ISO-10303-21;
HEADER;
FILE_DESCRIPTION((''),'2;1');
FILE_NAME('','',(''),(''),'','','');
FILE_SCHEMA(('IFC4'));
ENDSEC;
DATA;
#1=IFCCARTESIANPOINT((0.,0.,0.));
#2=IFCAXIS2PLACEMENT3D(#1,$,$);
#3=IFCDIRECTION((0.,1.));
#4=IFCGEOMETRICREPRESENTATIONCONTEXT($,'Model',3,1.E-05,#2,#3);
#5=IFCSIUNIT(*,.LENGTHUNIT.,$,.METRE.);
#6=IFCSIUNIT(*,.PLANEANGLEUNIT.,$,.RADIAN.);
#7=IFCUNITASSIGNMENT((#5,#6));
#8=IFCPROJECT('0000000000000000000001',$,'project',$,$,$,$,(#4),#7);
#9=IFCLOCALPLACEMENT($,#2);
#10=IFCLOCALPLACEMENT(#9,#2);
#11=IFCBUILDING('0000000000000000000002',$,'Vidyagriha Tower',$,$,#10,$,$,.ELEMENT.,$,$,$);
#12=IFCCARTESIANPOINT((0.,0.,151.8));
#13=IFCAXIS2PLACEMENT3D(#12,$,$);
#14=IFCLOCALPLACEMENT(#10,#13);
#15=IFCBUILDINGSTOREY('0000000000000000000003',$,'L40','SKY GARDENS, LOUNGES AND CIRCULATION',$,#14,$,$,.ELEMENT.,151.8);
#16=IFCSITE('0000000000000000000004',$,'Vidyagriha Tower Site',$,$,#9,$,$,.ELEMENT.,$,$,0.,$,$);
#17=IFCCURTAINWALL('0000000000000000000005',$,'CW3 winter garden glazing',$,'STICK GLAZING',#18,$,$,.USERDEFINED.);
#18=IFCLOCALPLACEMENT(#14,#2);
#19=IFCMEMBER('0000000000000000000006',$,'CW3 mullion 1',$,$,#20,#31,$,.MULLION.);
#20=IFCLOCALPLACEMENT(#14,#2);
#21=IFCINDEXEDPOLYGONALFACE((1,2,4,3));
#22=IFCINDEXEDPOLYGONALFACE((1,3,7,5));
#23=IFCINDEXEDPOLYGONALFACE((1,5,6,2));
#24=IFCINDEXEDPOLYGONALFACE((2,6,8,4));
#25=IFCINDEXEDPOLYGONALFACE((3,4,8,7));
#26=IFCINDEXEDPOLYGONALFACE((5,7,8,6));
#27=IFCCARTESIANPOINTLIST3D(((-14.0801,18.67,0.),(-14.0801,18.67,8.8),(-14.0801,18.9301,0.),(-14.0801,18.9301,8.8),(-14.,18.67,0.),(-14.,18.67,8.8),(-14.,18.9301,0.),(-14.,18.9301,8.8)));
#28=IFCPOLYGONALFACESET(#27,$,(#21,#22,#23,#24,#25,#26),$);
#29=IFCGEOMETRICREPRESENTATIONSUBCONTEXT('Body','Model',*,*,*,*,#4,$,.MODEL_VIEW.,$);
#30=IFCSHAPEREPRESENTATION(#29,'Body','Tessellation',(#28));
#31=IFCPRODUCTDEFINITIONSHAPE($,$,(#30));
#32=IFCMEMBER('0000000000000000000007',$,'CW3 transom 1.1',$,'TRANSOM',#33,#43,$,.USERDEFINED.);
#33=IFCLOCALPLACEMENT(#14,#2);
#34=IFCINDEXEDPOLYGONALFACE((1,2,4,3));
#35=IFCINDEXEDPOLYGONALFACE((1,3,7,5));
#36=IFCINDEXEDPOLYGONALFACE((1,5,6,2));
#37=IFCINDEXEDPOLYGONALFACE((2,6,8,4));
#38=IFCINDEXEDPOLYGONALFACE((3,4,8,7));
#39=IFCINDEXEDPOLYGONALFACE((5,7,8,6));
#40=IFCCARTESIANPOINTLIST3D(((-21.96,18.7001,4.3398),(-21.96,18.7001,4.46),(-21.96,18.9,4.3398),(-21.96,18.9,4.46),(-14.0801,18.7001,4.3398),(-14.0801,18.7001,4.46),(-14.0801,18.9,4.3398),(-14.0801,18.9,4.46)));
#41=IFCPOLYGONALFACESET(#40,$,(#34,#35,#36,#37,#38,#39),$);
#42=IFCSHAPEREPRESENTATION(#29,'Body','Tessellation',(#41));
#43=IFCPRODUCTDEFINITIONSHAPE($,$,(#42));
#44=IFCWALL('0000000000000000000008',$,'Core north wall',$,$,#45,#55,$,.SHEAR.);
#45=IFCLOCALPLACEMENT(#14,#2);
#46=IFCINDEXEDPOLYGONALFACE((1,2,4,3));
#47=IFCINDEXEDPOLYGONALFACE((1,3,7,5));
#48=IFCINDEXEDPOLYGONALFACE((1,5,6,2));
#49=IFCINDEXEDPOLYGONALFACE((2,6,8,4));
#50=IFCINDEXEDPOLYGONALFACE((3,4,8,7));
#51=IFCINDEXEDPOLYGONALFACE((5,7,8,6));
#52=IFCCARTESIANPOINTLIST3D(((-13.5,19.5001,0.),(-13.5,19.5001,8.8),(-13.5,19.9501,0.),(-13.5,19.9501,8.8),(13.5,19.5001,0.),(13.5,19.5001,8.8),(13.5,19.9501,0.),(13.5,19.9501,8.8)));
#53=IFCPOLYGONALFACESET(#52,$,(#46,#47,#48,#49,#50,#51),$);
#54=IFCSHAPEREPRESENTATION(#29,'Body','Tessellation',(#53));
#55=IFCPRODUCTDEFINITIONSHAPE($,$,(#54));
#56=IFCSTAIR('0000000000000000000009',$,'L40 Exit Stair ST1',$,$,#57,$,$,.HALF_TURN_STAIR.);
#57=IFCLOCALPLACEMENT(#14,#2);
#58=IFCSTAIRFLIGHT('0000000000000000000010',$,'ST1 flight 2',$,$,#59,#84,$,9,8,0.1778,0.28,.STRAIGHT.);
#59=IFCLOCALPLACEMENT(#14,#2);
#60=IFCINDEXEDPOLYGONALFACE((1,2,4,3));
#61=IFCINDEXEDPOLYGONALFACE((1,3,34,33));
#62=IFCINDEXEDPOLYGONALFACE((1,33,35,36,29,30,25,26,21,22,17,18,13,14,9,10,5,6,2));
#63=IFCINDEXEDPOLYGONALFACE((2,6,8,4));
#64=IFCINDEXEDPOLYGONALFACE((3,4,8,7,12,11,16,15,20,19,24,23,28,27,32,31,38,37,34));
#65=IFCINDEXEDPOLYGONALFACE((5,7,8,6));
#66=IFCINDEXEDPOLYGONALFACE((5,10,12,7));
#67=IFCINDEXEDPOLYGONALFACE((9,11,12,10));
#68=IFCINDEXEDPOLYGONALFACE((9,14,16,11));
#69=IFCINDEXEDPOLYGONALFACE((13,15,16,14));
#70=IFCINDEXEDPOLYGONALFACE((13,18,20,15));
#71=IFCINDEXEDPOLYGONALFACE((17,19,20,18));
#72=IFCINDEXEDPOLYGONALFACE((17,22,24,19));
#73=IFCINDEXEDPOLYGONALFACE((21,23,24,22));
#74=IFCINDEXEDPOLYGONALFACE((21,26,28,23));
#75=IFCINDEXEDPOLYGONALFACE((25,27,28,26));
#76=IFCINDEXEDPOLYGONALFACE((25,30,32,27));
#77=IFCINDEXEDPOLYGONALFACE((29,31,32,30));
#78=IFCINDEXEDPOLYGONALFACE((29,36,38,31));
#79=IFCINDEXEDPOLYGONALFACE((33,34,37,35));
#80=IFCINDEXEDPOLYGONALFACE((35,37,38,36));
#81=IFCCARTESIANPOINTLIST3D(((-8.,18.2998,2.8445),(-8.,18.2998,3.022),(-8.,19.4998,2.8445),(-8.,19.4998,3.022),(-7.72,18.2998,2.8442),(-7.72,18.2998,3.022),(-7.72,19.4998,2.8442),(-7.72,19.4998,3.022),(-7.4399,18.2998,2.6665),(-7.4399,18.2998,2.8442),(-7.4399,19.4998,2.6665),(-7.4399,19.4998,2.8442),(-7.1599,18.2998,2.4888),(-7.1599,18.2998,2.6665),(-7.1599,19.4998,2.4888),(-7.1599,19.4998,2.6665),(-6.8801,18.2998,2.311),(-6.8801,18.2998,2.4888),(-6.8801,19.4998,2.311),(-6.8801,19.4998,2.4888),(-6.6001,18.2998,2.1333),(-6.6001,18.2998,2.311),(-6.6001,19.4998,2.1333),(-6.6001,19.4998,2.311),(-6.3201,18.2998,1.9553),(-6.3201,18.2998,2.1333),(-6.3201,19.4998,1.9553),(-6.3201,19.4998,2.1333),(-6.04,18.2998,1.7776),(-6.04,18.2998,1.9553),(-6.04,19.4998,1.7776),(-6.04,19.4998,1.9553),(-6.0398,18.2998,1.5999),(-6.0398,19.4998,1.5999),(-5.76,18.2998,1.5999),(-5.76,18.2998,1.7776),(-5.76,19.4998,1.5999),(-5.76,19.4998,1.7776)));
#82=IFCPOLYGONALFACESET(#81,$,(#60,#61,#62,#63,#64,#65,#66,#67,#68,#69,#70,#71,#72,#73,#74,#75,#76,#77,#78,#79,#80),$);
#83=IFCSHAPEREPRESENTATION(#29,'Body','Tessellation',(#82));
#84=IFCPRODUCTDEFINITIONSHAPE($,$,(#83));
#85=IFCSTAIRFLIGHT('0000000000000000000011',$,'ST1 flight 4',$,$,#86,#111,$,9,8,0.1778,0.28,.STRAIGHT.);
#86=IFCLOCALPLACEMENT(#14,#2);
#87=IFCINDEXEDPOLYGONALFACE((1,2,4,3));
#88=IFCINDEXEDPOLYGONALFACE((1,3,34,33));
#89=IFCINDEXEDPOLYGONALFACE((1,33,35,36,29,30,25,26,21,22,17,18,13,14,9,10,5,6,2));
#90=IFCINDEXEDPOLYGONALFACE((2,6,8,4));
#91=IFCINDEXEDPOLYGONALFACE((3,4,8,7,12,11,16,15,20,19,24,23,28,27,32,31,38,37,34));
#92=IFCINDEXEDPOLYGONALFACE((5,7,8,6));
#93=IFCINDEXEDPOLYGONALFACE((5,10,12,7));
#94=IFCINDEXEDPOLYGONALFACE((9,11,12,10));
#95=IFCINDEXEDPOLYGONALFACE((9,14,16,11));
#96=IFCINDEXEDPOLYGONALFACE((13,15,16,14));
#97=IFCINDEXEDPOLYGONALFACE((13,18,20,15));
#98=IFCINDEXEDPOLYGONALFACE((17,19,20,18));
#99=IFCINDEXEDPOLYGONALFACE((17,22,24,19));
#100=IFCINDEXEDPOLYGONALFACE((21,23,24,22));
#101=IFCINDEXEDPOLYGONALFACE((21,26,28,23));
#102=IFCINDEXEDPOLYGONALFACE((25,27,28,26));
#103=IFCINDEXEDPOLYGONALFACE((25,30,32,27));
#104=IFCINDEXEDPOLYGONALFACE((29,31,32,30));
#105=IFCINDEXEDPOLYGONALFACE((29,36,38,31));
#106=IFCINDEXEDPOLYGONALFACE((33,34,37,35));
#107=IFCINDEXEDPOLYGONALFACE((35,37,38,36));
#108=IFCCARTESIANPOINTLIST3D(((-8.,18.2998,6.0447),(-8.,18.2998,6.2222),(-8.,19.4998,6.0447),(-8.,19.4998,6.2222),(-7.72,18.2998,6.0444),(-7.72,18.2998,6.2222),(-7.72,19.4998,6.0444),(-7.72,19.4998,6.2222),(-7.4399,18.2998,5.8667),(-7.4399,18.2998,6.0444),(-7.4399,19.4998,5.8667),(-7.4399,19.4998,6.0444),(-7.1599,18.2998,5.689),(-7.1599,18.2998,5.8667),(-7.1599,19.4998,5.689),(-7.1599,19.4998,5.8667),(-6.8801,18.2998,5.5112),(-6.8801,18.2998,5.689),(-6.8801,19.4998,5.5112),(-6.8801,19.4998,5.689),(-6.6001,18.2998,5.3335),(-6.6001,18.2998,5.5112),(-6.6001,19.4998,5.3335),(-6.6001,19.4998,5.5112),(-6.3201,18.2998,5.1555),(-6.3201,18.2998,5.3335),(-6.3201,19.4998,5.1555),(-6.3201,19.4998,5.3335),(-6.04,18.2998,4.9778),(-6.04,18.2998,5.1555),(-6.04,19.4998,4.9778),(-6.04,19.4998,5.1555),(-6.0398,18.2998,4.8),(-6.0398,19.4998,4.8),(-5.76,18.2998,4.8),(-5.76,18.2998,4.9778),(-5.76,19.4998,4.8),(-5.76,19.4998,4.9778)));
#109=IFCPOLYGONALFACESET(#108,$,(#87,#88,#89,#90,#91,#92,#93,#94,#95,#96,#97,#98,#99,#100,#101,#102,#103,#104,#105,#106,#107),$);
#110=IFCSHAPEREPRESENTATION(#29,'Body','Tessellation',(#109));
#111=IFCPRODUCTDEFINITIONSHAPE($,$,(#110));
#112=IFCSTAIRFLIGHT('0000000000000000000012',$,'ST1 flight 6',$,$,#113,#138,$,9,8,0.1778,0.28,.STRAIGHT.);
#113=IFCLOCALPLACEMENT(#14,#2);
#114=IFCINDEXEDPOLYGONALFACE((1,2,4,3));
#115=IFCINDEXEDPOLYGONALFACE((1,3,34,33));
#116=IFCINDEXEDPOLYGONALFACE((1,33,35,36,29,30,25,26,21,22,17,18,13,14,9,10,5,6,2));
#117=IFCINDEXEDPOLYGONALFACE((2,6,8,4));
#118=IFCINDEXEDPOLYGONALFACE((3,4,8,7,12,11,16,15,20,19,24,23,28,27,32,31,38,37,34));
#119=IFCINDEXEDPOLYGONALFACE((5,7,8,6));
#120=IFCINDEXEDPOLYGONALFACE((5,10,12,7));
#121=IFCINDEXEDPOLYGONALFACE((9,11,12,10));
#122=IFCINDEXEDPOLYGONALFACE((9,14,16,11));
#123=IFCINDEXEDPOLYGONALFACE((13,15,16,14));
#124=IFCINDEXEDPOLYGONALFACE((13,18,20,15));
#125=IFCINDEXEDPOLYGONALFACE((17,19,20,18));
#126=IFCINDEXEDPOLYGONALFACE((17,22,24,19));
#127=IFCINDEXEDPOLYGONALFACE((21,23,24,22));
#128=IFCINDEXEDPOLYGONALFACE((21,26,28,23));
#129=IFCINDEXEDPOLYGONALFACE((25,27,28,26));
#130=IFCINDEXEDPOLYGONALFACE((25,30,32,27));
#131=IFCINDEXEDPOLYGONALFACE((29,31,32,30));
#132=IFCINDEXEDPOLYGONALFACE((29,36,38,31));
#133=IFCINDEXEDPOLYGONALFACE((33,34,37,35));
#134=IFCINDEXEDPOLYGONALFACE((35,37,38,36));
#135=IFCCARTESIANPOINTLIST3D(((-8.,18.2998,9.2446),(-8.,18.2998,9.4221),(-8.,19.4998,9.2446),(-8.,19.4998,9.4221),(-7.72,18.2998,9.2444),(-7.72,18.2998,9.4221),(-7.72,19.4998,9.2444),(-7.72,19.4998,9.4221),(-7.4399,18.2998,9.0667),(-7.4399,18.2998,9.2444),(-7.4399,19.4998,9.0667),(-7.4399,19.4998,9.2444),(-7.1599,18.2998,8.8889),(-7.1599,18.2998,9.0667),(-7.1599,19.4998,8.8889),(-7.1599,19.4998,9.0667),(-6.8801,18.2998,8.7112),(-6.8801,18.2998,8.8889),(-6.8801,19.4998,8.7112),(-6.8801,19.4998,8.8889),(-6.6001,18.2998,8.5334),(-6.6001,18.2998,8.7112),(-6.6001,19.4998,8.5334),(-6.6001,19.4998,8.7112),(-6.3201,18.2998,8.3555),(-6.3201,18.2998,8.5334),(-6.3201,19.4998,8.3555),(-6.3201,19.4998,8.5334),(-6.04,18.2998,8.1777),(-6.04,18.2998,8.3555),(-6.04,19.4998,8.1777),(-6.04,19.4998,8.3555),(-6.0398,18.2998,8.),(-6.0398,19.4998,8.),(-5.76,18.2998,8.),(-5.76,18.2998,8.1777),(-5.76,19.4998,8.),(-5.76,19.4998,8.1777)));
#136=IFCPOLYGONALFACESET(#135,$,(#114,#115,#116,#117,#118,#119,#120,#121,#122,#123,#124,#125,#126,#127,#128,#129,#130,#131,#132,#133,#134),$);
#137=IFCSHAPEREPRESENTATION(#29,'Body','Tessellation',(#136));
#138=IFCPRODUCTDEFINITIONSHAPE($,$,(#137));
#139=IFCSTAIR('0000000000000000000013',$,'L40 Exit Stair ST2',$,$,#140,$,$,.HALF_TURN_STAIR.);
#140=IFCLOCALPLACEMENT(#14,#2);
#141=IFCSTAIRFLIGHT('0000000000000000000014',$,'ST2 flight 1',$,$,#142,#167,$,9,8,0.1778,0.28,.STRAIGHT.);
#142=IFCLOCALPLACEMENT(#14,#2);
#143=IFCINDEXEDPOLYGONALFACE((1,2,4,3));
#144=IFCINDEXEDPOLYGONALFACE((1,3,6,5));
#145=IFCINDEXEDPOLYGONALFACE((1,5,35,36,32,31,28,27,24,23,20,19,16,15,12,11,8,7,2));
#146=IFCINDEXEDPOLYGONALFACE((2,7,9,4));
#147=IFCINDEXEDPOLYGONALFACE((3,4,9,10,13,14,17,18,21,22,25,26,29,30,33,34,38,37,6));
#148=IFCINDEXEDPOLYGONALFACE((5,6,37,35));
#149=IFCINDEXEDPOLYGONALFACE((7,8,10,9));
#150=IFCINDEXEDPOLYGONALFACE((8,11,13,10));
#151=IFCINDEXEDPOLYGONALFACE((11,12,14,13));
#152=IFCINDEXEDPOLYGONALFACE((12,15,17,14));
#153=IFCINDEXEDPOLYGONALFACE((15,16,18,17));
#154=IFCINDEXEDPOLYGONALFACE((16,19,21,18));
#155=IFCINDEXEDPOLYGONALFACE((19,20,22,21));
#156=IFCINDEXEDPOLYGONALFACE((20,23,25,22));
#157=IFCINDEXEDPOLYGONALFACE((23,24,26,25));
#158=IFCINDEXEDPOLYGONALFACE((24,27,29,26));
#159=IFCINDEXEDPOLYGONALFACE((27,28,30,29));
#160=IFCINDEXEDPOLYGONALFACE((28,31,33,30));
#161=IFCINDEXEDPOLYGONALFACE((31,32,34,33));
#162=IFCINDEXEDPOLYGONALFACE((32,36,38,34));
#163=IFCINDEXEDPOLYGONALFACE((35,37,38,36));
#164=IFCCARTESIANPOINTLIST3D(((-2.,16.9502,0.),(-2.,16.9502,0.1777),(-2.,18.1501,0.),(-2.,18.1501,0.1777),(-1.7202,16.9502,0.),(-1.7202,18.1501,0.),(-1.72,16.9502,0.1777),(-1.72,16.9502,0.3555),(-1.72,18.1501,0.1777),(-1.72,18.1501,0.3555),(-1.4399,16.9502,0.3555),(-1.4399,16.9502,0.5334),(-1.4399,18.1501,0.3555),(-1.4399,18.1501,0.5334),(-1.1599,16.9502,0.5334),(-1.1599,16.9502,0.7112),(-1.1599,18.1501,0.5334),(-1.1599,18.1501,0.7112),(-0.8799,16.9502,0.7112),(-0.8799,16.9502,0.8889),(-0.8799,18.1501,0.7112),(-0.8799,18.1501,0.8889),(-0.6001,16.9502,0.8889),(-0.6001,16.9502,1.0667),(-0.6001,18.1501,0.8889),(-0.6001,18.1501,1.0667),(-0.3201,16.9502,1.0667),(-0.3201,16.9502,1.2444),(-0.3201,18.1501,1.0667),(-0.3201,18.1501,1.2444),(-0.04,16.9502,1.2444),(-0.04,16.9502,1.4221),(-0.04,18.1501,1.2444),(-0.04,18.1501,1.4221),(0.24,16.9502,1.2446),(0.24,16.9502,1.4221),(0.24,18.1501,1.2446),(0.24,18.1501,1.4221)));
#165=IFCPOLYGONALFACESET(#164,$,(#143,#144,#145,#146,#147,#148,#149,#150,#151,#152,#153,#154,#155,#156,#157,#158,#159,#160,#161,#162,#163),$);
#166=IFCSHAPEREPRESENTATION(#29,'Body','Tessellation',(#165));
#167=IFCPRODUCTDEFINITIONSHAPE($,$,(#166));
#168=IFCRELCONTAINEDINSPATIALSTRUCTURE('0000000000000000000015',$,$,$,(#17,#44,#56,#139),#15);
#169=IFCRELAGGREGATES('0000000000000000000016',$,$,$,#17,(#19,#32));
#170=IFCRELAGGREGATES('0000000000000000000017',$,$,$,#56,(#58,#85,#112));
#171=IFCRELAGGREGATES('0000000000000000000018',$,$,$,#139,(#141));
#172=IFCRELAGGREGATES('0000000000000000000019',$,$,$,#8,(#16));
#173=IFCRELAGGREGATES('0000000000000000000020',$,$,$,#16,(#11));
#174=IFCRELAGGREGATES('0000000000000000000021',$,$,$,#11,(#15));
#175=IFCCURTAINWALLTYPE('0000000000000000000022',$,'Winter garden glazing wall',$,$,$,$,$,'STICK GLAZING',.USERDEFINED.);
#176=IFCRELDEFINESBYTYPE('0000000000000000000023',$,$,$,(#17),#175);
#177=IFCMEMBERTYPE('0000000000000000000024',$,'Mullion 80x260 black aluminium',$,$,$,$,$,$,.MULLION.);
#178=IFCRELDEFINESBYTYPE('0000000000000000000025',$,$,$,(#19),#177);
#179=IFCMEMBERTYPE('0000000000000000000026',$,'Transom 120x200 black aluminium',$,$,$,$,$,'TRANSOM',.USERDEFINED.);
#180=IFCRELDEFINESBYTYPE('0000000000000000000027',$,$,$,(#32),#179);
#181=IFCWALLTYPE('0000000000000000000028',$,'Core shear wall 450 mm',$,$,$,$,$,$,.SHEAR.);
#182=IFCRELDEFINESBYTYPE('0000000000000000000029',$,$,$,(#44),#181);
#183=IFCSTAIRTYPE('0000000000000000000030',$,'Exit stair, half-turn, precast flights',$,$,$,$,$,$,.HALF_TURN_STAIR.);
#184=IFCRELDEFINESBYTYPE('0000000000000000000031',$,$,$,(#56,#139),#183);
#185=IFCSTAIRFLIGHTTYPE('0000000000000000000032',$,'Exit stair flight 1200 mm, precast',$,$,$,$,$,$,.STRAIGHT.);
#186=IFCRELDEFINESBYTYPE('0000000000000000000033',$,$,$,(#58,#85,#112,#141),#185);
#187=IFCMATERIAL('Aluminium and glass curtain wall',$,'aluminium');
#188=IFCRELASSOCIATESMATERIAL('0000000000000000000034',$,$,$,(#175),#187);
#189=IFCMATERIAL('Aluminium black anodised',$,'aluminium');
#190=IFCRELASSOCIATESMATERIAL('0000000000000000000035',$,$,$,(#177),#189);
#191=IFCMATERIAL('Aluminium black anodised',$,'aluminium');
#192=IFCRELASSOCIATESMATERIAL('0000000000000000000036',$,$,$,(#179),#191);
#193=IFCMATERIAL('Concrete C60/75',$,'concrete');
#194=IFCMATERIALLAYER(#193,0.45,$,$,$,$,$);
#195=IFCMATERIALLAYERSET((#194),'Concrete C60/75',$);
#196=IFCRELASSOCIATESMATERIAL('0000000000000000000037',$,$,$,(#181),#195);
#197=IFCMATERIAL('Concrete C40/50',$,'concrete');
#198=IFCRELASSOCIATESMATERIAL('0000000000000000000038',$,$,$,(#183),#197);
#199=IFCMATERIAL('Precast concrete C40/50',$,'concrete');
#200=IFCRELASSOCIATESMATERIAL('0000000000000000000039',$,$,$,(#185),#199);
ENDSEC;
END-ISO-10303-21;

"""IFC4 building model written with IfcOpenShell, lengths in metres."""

from ifc_helpers import new_model, si_unit, direction, frame, frame_2d, origin, origin_2d, place, context, subcontext, project, spatial, polyline, rectangle, outline, extrude, material, layer, layer_set, material_profile, profile_set, type_object, element, aggregate, save


model = new_model("IFC4")

# Units and contexts
model_context = context("Model", 3, precision=1e-05, world=origin(), true_north=direction((0.0, 1.0)))
body_context = subcontext(model_context, "Body", "Model", "MODEL_VIEW")
ifc_project = project(units=[si_unit("LENGTHUNIT", "METRE"), si_unit("PLANEANGLEUNIT", "RADIAN")], contexts=[model_context])

# Site, building, storey
site_placement = place(None, origin())
site = spatial("IfcSite", under=ifc_project, at=site_placement, Name="Vidyagriha Tower Site", CompositionType="ELEMENT", RefElevation=0.0)
building_placement = place(site_placement, origin())
building = spatial("IfcBuilding", under=site, at=building_placement, Name="Vidyagriha Tower", CompositionType="ELEMENT")
storey_placement = place(building_placement, frame((0.0, 0.0, 151.8)))
storey = spatial("IfcBuildingStorey", under=building, at=storey_placement, Name="L40", Description="SKY GARDENS, LOUNGES AND CIRCULATION", CompositionType="ELEMENT", Elevation=151.8)

# Curtain wall, members
ifc_material_1 = material(Name="Aluminium and glass curtain wall", Category="aluminium")
curtain_wall_type = type_object("IfcCurtainWallType", Name="Winter garden glazing wall", ElementType="STICK GLAZING", PredefinedType="USERDEFINED", material=ifc_material_1)
curtain_wall_placement = place(storey_placement, origin())
curtain_wall = element("IfcCurtainWall", 1, at=curtain_wall_placement, inside=storey, type_object=curtain_wall_type, Name="CW3 winter garden glazing", ObjectType="STICK GLAZING", PredefinedType="USERDEFINED")
ifc_material_2 = material(Name="Aluminium black anodised", Category="aluminium")
ifc_material_profile_1 = material_profile(ifc_material_2, rectangle(XDim=0.26, YDim=0.0801, at=origin_2d()), Name="Mullion 80x260 black aluminium")
ifc_profile_set_1 = profile_set([ifc_material_profile_1], Name="Aluminium black anodised")
member_type_1 = type_object("IfcMemberType", Name="Mullion 80x260 black aluminium", PredefinedType="MULLION", material=ifc_profile_set_1)
member_1_placement = place(storey_placement, frame((-14.04, 18.8, 0.0), z_axis=(0.0, 0.0, 1.0), x_axis=(0.0, -1.0, 0.0)))
member_1 = element("IfcMember", 2, at=member_1_placement, type_object=member_type_1, Name="CW3 mullion 1", PredefinedType="MULLION", context=body_context, shape_type="SweptSolid", body=[
    extrude(rectangle(XDim=0.26, YDim=0.0801, at=origin_2d()), origin(), (0.0, 0.0, 1.0), 8.8),
])
ifc_material_3 = material(Name="Aluminium black anodised", Category="aluminium")
ifc_material_profile_2 = material_profile(ifc_material_3, rectangle(XDim=0.2, YDim=0.1201, at=origin_2d()), Name="Transom 120x200 black aluminium")
ifc_profile_set_2 = profile_set([ifc_material_profile_2], Name="Aluminium black anodised")
member_type_2 = type_object("IfcMemberType", Name="Transom 120x200 black aluminium", ElementType="TRANSOM", PredefinedType="USERDEFINED", material=ifc_profile_set_2)
member_2_placement = place(storey_placement, frame((-14.0801, 18.8, 4.3999), z_axis=(-1.0, 0.0, 0.0), x_axis=(0.0, -1.0, 0.0)))
member_2 = element("IfcMember", 3, at=member_2_placement, type_object=member_type_2, Name="CW3 transom 1.1", ObjectType="TRANSOM", PredefinedType="USERDEFINED", context=body_context, shape_type="SweptSolid", body=[
    extrude(rectangle(XDim=0.2, YDim=0.1201, at=origin_2d()), origin(), (0.0, 0.0, 1.0), 7.8799),
])
aggregate(curtain_wall, [member_1, member_2])

# Wall
ifc_material_4 = material(Name="Concrete C60/75", Category="concrete")
ifc_layer_1 = layer(ifc_material_4, 0.45)
ifc_layer_set_1 = layer_set([ifc_layer_1], Name="Concrete C60/75")
wall_type = type_object("IfcWallType", Name="Core shear wall 450 mm", PredefinedType="SHEAR", material=ifc_layer_set_1)
wall_placement = place(storey_placement, frame((-13.5, 19.7251, 0.0)))
element("IfcWall", 4, at=wall_placement, inside=storey, type_object=wall_type, Name="Core north wall", PredefinedType="SHEAR", context=body_context, shape_type="SweptSolid", body=[
    extrude(rectangle(XDim=27.0, YDim=0.45, at=frame_2d((13.5, 0.0))), origin(), (0.0, 0.0, 1.0), 8.8),
])

# Stairs, stair flights
ifc_material_5 = material(Name="Concrete C40/50", Category="concrete")
stair_type = type_object("IfcStairType", Name="Exit stair, half-turn, precast flights", PredefinedType="HALF_TURN_STAIR", material=ifc_material_5)
stair_1_placement = place(storey_placement, origin())
stair_1 = element("IfcStair", 5, at=stair_1_placement, inside=storey, type_object=stair_type, Name="L40 Exit Stair ST1", PredefinedType="HALF_TURN_STAIR")
ifc_material_6 = material(Name="Precast concrete C40/50", Category="concrete")
stair_flight_type = type_object("IfcStairFlightType", Name="Exit stair flight 1200 mm, precast", PredefinedType="STRAIGHT", material=ifc_material_6)
stair_flight_1_placement = place(storey_placement, frame((-5.76, 18.8999, 1.5999), z_axis=(0.0, 0.0, 1.0), x_axis=(-1.0, 0.0, 0.0)))
stair_flight_1 = element("IfcStairFlight", 6, at=stair_flight_1_placement, type_object=stair_flight_type, Name="ST1 flight 2", NumberOfRisers=9, NumberOfTreads=8, PredefinedType="STRAIGHT", RiserHeight=0.1778, TreadLength=0.28, context=body_context, shape_type="SweptSolid", body=[
    extrude(outline(polyline([(0.0, 0.0), (0.0, 0.1777), (0.28, 0.1777), (0.28, 0.3555), (0.5601, 0.3555), (0.5601, 0.5334), (0.8401, 0.5334), (0.8401, 0.7112), (1.1201, 0.7112), (1.1201, 0.8889), (1.3999, 0.8889), (1.3999, 1.0667), (1.6799, 1.0667), (1.6799, 1.2444), (1.96, 1.2444), (1.96, 1.4221), (2.24, 1.4221), (2.24, 1.6001), (2.24, 1.2446), (0.2798, 0.0), (0.0, 0.0)])), frame((0.0, 0.6001, 0.0), z_axis=(0.0, -1.0, 0.0), x_axis=(1.0, 0.0, 0.0)), (0.0, 0.0, 1.0), 1.2),
])
stair_flight_2_placement = place(storey_placement, frame((-5.76, 18.8999, 4.8), z_axis=(0.0, 0.0, 1.0), x_axis=(-1.0, 0.0, 0.0)))
stair_flight_2 = element("IfcStairFlight", 7, at=stair_flight_2_placement, type_object=stair_flight_type, Name="ST1 flight 4", NumberOfRisers=9, NumberOfTreads=8, PredefinedType="STRAIGHT", RiserHeight=0.1778, TreadLength=0.28, context=body_context, shape_type="SweptSolid", body=[
    extrude(outline(polyline([(0.0, 0.0), (0.0, 0.1777), (0.28, 0.1777), (0.28, 0.3555), (0.5601, 0.3555), (0.5601, 0.5334), (0.8401, 0.5334), (0.8401, 0.7112), (1.1201, 0.7112), (1.1201, 0.8889), (1.3999, 0.8889), (1.3999, 1.0667), (1.6799, 1.0667), (1.6799, 1.2444), (1.96, 1.2444), (1.96, 1.4221), (2.24, 1.4221), (2.24, 1.6001), (2.24, 1.2446), (0.2798, 0.0), (0.0, 0.0)])), frame((0.0, 0.6001, 0.0), z_axis=(0.0, -1.0, 0.0), x_axis=(1.0, 0.0, 0.0)), (0.0, 0.0, 1.0), 1.2),
])
stair_flight_3_placement = place(storey_placement, frame((-5.76, 18.8999, 8.0), z_axis=(0.0, 0.0, 1.0), x_axis=(-1.0, 0.0, 0.0)))
stair_flight_3 = element("IfcStairFlight", 8, at=stair_flight_3_placement, type_object=stair_flight_type, Name="ST1 flight 6", NumberOfRisers=9, NumberOfTreads=8, PredefinedType="STRAIGHT", RiserHeight=0.1778, TreadLength=0.28, context=body_context, shape_type="SweptSolid", body=[
    extrude(outline(polyline([(0.0, 0.0), (0.0, 0.1777), (0.28, 0.1777), (0.28, 0.3555), (0.5601, 0.3555), (0.5601, 0.5334), (0.8401, 0.5334), (0.8401, 0.7112), (1.1201, 0.7112), (1.1201, 0.8889), (1.3999, 0.8889), (1.3999, 1.0667), (1.6799, 1.0667), (1.6799, 1.2444), (1.96, 1.2444), (1.96, 1.4221), (2.24, 1.4221), (2.24, 1.6001), (2.24, 1.2446), (0.2798, 0.0), (0.0, 0.0)])), frame((0.0, 0.6001, 0.0), z_axis=(0.0, -1.0, 0.0), x_axis=(1.0, 0.0, 0.0)), (0.0, 0.0, 1.0), 1.2),
])
aggregate(stair_1, [stair_flight_1, stair_flight_2, stair_flight_3])
stair_2_placement = place(storey_placement, origin())
stair_2 = element("IfcStair", 9, at=stair_2_placement, inside=storey, type_object=stair_type, Name="L40 Exit Stair ST2", PredefinedType="HALF_TURN_STAIR")
stair_flight_4_placement = place(storey_placement, frame((-2.0, 17.55, 0.0)))
stair_flight_4 = element("IfcStairFlight", 10, at=stair_flight_4_placement, type_object=stair_flight_type, Name="ST2 flight 1", NumberOfRisers=9, NumberOfTreads=8, PredefinedType="STRAIGHT", RiserHeight=0.1778, TreadLength=0.28, context=body_context, shape_type="SweptSolid", body=[
    extrude(outline(polyline([(0.0, 0.0), (0.0, 0.1777), (0.28, 0.1777), (0.28, 0.3555), (0.5601, 0.3555), (0.5601, 0.5334), (0.8401, 0.5334), (0.8401, 0.7112), (1.1201, 0.7112), (1.1201, 0.8889), (1.3999, 0.8889), (1.3999, 1.0667), (1.6799, 1.0667), (1.6799, 1.2444), (1.96, 1.2444), (1.96, 1.4221), (2.24, 1.4221), (2.24, 1.6001), (2.24, 1.2446), (0.2798, 0.0), (0.0, 0.0)])), frame((0.0, 0.6001, 0.0), z_axis=(0.0, -1.0, 0.0), x_axis=(1.0, 0.0, 0.0)), (0.0, 0.0, 1.0), 1.2),
])
aggregate(stair_2, [stair_flight_4])

save(model, "model.ifc")
